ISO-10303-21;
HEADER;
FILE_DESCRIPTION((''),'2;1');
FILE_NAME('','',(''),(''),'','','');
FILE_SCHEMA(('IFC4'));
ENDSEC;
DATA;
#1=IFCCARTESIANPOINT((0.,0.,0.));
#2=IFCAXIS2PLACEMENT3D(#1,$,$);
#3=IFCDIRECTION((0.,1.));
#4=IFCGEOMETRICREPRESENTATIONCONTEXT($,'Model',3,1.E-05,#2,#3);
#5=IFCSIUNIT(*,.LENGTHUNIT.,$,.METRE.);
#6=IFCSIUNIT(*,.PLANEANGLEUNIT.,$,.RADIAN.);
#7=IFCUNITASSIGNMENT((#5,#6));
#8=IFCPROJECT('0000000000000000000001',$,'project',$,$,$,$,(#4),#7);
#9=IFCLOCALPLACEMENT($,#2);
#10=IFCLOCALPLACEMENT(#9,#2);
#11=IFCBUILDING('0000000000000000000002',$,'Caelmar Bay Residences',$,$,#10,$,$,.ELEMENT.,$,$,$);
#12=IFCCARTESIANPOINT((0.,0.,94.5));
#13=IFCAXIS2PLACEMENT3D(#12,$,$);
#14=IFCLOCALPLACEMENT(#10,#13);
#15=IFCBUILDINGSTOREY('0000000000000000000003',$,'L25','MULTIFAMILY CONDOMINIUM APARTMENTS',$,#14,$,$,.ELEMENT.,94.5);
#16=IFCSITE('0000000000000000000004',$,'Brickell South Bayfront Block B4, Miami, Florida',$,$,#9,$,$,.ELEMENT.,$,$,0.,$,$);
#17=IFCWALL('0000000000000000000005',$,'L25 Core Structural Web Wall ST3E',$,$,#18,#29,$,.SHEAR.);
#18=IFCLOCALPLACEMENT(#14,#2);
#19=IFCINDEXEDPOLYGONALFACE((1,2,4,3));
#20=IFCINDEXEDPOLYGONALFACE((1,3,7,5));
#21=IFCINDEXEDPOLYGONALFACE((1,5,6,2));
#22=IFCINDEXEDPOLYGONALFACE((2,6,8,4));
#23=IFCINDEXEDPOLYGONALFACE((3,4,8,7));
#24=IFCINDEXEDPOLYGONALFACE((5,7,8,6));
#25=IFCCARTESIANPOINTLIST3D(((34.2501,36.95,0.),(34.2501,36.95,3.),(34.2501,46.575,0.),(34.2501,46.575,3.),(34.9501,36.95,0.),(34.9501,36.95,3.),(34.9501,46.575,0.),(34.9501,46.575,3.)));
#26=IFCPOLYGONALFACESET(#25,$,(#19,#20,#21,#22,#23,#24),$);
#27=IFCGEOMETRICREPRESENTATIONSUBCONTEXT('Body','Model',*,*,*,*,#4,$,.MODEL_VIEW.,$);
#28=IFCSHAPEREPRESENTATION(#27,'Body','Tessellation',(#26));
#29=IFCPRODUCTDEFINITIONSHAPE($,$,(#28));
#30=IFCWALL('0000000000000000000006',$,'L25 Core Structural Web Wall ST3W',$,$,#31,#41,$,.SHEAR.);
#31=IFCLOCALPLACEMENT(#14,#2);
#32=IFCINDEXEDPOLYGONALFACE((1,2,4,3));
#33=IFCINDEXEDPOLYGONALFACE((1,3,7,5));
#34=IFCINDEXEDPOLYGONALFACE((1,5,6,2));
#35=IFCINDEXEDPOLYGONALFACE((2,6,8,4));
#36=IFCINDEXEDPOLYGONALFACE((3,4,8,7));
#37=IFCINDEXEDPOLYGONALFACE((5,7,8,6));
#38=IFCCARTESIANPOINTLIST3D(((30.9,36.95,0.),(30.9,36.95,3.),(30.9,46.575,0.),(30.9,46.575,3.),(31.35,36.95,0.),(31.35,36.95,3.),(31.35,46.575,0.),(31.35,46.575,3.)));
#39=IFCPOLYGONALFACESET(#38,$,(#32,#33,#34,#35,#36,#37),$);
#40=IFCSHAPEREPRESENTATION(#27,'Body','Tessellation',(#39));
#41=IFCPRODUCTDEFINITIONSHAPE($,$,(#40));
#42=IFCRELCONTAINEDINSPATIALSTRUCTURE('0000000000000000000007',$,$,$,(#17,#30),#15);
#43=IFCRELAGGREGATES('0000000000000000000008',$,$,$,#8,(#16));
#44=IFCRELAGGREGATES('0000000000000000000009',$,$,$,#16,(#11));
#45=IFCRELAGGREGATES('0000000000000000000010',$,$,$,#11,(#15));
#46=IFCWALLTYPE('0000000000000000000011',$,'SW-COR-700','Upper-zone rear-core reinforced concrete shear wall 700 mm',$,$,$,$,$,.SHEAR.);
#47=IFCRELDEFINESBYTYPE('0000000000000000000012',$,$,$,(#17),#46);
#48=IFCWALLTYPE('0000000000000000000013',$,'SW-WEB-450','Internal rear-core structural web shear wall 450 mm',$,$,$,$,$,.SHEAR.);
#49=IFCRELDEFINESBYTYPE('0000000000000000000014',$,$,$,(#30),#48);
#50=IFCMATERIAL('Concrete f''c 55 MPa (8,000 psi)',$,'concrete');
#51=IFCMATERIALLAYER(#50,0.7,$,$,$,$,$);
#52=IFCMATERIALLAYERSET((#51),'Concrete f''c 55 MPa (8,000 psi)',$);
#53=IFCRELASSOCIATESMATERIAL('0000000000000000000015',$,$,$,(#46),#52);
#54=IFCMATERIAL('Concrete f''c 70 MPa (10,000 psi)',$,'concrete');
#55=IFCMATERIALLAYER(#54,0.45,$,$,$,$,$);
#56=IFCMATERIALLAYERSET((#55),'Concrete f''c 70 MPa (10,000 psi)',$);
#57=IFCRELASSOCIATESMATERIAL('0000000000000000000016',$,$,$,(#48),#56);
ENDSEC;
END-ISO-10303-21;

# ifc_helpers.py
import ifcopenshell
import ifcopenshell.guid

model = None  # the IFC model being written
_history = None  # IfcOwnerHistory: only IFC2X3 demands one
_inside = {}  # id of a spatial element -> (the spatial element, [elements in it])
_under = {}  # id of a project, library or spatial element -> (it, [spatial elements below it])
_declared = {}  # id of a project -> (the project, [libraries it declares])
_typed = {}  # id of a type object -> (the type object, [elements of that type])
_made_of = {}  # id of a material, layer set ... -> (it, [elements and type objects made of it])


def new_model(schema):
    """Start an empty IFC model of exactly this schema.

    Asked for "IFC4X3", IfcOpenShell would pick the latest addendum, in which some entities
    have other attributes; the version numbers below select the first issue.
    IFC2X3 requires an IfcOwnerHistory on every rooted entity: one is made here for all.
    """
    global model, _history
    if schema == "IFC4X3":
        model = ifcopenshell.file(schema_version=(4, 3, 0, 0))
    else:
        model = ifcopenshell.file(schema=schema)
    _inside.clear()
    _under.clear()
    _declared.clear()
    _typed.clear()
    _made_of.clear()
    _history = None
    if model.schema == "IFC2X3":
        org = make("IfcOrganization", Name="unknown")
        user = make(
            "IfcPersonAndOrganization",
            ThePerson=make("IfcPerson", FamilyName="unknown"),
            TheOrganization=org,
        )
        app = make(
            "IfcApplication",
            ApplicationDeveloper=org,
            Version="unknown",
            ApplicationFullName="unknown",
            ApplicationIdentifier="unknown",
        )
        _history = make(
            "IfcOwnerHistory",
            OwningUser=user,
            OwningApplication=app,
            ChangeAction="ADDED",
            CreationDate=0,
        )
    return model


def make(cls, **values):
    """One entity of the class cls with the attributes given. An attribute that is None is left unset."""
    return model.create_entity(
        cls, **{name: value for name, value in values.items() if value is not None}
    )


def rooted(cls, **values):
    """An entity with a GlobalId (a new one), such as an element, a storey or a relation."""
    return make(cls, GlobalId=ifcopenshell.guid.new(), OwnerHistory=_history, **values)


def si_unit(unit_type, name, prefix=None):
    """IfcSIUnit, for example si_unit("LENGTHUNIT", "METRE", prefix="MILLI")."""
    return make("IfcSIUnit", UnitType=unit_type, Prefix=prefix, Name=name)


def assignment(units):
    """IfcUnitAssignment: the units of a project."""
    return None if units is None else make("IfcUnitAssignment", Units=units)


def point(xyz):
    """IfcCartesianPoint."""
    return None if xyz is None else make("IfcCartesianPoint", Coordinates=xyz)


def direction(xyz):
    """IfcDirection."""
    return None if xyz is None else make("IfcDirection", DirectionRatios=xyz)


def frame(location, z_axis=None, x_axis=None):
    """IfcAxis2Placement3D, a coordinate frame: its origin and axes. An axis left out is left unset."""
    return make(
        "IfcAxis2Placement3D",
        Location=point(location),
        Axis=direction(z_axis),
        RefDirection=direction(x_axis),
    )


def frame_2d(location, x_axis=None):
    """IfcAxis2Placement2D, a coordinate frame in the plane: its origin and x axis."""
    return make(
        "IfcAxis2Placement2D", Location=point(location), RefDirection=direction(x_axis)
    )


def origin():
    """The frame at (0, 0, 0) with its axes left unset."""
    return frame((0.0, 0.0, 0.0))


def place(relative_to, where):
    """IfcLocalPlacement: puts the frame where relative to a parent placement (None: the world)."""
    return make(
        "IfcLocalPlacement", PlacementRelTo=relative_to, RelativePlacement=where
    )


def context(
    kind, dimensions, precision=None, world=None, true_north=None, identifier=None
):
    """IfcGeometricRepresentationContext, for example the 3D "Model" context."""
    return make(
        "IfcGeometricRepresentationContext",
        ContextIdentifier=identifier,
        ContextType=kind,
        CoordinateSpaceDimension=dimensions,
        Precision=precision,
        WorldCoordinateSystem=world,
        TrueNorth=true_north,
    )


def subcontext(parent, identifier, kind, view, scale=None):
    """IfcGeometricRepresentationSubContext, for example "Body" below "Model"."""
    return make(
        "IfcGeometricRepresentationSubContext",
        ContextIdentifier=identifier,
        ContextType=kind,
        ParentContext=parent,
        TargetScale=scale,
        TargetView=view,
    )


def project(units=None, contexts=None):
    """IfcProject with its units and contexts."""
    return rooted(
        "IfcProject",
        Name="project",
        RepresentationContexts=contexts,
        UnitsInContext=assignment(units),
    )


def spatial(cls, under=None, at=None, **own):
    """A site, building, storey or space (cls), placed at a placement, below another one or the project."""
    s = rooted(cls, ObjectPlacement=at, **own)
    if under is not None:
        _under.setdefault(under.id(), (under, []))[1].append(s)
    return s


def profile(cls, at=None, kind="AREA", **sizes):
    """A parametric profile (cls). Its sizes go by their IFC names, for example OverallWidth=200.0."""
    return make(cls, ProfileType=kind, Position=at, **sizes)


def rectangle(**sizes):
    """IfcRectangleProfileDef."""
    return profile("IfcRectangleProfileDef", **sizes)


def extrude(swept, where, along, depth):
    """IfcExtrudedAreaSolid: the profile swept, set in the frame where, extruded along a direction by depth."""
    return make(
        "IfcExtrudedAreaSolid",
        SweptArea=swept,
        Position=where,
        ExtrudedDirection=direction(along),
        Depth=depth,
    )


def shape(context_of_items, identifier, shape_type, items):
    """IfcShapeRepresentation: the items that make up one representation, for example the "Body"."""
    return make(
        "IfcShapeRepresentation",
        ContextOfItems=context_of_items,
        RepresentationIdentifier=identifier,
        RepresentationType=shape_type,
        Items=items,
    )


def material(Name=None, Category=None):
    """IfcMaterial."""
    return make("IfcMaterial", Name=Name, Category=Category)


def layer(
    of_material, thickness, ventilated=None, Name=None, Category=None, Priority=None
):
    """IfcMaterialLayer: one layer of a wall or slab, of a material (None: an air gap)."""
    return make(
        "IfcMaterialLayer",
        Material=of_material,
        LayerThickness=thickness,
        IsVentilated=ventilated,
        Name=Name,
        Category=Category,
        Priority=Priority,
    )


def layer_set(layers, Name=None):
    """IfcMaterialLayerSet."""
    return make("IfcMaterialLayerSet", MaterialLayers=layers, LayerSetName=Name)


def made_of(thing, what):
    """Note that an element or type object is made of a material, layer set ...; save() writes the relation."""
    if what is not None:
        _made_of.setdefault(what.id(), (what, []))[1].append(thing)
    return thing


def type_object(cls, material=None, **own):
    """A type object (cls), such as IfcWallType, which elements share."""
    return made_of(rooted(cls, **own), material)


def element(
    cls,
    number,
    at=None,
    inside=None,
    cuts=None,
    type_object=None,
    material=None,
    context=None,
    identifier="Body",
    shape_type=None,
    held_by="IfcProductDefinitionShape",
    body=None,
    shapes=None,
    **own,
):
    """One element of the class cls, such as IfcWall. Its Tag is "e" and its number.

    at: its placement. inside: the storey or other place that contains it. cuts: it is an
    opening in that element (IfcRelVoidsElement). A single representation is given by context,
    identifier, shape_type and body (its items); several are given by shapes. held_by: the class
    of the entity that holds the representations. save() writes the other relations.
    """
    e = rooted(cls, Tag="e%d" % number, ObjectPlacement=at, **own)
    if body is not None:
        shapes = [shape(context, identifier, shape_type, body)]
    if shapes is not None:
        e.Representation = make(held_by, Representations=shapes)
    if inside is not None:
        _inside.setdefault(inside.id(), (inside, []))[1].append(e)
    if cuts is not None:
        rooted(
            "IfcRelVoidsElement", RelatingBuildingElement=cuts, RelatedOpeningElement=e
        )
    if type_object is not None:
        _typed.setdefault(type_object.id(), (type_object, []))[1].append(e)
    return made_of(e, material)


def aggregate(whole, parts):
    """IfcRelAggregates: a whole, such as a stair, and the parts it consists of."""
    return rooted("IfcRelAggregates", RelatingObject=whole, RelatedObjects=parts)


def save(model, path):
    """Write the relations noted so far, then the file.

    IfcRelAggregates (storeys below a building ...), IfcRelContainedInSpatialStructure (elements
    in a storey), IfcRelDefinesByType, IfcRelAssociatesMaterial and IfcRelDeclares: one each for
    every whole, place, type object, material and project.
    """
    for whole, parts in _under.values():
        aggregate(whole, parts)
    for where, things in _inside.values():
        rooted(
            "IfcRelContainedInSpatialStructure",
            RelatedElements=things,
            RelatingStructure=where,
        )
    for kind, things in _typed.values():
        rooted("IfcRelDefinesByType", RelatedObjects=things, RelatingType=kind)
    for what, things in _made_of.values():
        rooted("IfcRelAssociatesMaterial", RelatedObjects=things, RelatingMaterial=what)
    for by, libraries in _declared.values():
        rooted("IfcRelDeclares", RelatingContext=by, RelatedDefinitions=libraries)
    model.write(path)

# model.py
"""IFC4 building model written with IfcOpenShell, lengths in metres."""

from ifc_helpers import new_model, si_unit, direction, frame, frame_2d, origin, place, context, subcontext, project, spatial, rectangle, extrude, material, layer, layer_set, type_object, element, save


model = new_model("IFC4")

# Units and contexts
model_context = context("Model", 3, precision=1e-05, world=origin(), true_north=direction((0.0, 1.0)))
body_context = subcontext(model_context, "Body", "Model", "MODEL_VIEW")
ifc_project = project(units=[si_unit("LENGTHUNIT", "METRE"), si_unit("PLANEANGLEUNIT", "RADIAN")], contexts=[model_context])

# Site, building, storey
site_placement = place(None, origin())
site = spatial("IfcSite", under=ifc_project, at=site_placement, Name="Brickell South Bayfront Block B4, Miami, Florida", CompositionType="ELEMENT", RefElevation=0.0)
building_placement = place(site_placement, origin())
building = spatial("IfcBuilding", under=site, at=building_placement, Name="Caelmar Bay Residences", CompositionType="ELEMENT")
storey_placement = place(building_placement, frame((0.0, 0.0, 94.5)))
storey = spatial("IfcBuildingStorey", under=building, at=storey_placement, Name="L25", Description="MULTIFAMILY CONDOMINIUM APARTMENTS", CompositionType="ELEMENT", Elevation=94.5)

# Walls
ifc_material_1 = material(Name="Concrete f'c 55 MPa (8,000 psi)", Category="concrete")
ifc_layer_1 = layer(ifc_material_1, 0.7)
ifc_layer_set_1 = layer_set([ifc_layer_1], Name="Concrete f'c 55 MPa (8,000 psi)")
wall_type_1 = type_object("IfcWallType", Name="SW-COR-700", Description="Upper-zone rear-core reinforced concrete shear wall 700 mm", PredefinedType="SHEAR", material=ifc_layer_set_1)
wall_1_placement = place(storey_placement, frame((34.6001, 36.95, 0.0), z_axis=(0.0, 0.0, 1.0), x_axis=(0.0, 1.0, 0.0)))
element("IfcWall", 1, at=wall_1_placement, inside=storey, type_object=wall_type_1, Name="L25 Core Structural Web Wall ST3E", PredefinedType="SHEAR", context=body_context, shape_type="SweptSolid", body=[
    extrude(rectangle(XDim=9.625, YDim=0.7, at=frame_2d((4.8125, 0.0))), origin(), (0.0, 0.0, 1.0), 3.0),
])
ifc_material_2 = material(Name="Concrete f'c 70 MPa (10,000 psi)", Category="concrete")
ifc_layer_2 = layer(ifc_material_2, 0.45)
ifc_layer_set_2 = layer_set([ifc_layer_2], Name="Concrete f'c 70 MPa (10,000 psi)")
wall_type_2 = type_object("IfcWallType", Name="SW-WEB-450", Description="Internal rear-core structural web shear wall 450 mm", PredefinedType="SHEAR", material=ifc_layer_set_2)
wall_2_placement = place(storey_placement, frame((31.125, 36.95, 0.0), z_axis=(0.0, 0.0, 1.0), x_axis=(0.0, 1.0, 0.0)))
element("IfcWall", 2, at=wall_2_placement, inside=storey, type_object=wall_type_2, Name="L25 Core Structural Web Wall ST3W", PredefinedType="SHEAR", context=body_context, shape_type="SweptSolid", body=[
    extrude(rectangle(XDim=9.625, YDim=0.45, at=frame_2d((4.8125, 0.0))), origin(), (0.0, 0.0, 1.0), 3.0),
])

save(model, "model.ifc")
